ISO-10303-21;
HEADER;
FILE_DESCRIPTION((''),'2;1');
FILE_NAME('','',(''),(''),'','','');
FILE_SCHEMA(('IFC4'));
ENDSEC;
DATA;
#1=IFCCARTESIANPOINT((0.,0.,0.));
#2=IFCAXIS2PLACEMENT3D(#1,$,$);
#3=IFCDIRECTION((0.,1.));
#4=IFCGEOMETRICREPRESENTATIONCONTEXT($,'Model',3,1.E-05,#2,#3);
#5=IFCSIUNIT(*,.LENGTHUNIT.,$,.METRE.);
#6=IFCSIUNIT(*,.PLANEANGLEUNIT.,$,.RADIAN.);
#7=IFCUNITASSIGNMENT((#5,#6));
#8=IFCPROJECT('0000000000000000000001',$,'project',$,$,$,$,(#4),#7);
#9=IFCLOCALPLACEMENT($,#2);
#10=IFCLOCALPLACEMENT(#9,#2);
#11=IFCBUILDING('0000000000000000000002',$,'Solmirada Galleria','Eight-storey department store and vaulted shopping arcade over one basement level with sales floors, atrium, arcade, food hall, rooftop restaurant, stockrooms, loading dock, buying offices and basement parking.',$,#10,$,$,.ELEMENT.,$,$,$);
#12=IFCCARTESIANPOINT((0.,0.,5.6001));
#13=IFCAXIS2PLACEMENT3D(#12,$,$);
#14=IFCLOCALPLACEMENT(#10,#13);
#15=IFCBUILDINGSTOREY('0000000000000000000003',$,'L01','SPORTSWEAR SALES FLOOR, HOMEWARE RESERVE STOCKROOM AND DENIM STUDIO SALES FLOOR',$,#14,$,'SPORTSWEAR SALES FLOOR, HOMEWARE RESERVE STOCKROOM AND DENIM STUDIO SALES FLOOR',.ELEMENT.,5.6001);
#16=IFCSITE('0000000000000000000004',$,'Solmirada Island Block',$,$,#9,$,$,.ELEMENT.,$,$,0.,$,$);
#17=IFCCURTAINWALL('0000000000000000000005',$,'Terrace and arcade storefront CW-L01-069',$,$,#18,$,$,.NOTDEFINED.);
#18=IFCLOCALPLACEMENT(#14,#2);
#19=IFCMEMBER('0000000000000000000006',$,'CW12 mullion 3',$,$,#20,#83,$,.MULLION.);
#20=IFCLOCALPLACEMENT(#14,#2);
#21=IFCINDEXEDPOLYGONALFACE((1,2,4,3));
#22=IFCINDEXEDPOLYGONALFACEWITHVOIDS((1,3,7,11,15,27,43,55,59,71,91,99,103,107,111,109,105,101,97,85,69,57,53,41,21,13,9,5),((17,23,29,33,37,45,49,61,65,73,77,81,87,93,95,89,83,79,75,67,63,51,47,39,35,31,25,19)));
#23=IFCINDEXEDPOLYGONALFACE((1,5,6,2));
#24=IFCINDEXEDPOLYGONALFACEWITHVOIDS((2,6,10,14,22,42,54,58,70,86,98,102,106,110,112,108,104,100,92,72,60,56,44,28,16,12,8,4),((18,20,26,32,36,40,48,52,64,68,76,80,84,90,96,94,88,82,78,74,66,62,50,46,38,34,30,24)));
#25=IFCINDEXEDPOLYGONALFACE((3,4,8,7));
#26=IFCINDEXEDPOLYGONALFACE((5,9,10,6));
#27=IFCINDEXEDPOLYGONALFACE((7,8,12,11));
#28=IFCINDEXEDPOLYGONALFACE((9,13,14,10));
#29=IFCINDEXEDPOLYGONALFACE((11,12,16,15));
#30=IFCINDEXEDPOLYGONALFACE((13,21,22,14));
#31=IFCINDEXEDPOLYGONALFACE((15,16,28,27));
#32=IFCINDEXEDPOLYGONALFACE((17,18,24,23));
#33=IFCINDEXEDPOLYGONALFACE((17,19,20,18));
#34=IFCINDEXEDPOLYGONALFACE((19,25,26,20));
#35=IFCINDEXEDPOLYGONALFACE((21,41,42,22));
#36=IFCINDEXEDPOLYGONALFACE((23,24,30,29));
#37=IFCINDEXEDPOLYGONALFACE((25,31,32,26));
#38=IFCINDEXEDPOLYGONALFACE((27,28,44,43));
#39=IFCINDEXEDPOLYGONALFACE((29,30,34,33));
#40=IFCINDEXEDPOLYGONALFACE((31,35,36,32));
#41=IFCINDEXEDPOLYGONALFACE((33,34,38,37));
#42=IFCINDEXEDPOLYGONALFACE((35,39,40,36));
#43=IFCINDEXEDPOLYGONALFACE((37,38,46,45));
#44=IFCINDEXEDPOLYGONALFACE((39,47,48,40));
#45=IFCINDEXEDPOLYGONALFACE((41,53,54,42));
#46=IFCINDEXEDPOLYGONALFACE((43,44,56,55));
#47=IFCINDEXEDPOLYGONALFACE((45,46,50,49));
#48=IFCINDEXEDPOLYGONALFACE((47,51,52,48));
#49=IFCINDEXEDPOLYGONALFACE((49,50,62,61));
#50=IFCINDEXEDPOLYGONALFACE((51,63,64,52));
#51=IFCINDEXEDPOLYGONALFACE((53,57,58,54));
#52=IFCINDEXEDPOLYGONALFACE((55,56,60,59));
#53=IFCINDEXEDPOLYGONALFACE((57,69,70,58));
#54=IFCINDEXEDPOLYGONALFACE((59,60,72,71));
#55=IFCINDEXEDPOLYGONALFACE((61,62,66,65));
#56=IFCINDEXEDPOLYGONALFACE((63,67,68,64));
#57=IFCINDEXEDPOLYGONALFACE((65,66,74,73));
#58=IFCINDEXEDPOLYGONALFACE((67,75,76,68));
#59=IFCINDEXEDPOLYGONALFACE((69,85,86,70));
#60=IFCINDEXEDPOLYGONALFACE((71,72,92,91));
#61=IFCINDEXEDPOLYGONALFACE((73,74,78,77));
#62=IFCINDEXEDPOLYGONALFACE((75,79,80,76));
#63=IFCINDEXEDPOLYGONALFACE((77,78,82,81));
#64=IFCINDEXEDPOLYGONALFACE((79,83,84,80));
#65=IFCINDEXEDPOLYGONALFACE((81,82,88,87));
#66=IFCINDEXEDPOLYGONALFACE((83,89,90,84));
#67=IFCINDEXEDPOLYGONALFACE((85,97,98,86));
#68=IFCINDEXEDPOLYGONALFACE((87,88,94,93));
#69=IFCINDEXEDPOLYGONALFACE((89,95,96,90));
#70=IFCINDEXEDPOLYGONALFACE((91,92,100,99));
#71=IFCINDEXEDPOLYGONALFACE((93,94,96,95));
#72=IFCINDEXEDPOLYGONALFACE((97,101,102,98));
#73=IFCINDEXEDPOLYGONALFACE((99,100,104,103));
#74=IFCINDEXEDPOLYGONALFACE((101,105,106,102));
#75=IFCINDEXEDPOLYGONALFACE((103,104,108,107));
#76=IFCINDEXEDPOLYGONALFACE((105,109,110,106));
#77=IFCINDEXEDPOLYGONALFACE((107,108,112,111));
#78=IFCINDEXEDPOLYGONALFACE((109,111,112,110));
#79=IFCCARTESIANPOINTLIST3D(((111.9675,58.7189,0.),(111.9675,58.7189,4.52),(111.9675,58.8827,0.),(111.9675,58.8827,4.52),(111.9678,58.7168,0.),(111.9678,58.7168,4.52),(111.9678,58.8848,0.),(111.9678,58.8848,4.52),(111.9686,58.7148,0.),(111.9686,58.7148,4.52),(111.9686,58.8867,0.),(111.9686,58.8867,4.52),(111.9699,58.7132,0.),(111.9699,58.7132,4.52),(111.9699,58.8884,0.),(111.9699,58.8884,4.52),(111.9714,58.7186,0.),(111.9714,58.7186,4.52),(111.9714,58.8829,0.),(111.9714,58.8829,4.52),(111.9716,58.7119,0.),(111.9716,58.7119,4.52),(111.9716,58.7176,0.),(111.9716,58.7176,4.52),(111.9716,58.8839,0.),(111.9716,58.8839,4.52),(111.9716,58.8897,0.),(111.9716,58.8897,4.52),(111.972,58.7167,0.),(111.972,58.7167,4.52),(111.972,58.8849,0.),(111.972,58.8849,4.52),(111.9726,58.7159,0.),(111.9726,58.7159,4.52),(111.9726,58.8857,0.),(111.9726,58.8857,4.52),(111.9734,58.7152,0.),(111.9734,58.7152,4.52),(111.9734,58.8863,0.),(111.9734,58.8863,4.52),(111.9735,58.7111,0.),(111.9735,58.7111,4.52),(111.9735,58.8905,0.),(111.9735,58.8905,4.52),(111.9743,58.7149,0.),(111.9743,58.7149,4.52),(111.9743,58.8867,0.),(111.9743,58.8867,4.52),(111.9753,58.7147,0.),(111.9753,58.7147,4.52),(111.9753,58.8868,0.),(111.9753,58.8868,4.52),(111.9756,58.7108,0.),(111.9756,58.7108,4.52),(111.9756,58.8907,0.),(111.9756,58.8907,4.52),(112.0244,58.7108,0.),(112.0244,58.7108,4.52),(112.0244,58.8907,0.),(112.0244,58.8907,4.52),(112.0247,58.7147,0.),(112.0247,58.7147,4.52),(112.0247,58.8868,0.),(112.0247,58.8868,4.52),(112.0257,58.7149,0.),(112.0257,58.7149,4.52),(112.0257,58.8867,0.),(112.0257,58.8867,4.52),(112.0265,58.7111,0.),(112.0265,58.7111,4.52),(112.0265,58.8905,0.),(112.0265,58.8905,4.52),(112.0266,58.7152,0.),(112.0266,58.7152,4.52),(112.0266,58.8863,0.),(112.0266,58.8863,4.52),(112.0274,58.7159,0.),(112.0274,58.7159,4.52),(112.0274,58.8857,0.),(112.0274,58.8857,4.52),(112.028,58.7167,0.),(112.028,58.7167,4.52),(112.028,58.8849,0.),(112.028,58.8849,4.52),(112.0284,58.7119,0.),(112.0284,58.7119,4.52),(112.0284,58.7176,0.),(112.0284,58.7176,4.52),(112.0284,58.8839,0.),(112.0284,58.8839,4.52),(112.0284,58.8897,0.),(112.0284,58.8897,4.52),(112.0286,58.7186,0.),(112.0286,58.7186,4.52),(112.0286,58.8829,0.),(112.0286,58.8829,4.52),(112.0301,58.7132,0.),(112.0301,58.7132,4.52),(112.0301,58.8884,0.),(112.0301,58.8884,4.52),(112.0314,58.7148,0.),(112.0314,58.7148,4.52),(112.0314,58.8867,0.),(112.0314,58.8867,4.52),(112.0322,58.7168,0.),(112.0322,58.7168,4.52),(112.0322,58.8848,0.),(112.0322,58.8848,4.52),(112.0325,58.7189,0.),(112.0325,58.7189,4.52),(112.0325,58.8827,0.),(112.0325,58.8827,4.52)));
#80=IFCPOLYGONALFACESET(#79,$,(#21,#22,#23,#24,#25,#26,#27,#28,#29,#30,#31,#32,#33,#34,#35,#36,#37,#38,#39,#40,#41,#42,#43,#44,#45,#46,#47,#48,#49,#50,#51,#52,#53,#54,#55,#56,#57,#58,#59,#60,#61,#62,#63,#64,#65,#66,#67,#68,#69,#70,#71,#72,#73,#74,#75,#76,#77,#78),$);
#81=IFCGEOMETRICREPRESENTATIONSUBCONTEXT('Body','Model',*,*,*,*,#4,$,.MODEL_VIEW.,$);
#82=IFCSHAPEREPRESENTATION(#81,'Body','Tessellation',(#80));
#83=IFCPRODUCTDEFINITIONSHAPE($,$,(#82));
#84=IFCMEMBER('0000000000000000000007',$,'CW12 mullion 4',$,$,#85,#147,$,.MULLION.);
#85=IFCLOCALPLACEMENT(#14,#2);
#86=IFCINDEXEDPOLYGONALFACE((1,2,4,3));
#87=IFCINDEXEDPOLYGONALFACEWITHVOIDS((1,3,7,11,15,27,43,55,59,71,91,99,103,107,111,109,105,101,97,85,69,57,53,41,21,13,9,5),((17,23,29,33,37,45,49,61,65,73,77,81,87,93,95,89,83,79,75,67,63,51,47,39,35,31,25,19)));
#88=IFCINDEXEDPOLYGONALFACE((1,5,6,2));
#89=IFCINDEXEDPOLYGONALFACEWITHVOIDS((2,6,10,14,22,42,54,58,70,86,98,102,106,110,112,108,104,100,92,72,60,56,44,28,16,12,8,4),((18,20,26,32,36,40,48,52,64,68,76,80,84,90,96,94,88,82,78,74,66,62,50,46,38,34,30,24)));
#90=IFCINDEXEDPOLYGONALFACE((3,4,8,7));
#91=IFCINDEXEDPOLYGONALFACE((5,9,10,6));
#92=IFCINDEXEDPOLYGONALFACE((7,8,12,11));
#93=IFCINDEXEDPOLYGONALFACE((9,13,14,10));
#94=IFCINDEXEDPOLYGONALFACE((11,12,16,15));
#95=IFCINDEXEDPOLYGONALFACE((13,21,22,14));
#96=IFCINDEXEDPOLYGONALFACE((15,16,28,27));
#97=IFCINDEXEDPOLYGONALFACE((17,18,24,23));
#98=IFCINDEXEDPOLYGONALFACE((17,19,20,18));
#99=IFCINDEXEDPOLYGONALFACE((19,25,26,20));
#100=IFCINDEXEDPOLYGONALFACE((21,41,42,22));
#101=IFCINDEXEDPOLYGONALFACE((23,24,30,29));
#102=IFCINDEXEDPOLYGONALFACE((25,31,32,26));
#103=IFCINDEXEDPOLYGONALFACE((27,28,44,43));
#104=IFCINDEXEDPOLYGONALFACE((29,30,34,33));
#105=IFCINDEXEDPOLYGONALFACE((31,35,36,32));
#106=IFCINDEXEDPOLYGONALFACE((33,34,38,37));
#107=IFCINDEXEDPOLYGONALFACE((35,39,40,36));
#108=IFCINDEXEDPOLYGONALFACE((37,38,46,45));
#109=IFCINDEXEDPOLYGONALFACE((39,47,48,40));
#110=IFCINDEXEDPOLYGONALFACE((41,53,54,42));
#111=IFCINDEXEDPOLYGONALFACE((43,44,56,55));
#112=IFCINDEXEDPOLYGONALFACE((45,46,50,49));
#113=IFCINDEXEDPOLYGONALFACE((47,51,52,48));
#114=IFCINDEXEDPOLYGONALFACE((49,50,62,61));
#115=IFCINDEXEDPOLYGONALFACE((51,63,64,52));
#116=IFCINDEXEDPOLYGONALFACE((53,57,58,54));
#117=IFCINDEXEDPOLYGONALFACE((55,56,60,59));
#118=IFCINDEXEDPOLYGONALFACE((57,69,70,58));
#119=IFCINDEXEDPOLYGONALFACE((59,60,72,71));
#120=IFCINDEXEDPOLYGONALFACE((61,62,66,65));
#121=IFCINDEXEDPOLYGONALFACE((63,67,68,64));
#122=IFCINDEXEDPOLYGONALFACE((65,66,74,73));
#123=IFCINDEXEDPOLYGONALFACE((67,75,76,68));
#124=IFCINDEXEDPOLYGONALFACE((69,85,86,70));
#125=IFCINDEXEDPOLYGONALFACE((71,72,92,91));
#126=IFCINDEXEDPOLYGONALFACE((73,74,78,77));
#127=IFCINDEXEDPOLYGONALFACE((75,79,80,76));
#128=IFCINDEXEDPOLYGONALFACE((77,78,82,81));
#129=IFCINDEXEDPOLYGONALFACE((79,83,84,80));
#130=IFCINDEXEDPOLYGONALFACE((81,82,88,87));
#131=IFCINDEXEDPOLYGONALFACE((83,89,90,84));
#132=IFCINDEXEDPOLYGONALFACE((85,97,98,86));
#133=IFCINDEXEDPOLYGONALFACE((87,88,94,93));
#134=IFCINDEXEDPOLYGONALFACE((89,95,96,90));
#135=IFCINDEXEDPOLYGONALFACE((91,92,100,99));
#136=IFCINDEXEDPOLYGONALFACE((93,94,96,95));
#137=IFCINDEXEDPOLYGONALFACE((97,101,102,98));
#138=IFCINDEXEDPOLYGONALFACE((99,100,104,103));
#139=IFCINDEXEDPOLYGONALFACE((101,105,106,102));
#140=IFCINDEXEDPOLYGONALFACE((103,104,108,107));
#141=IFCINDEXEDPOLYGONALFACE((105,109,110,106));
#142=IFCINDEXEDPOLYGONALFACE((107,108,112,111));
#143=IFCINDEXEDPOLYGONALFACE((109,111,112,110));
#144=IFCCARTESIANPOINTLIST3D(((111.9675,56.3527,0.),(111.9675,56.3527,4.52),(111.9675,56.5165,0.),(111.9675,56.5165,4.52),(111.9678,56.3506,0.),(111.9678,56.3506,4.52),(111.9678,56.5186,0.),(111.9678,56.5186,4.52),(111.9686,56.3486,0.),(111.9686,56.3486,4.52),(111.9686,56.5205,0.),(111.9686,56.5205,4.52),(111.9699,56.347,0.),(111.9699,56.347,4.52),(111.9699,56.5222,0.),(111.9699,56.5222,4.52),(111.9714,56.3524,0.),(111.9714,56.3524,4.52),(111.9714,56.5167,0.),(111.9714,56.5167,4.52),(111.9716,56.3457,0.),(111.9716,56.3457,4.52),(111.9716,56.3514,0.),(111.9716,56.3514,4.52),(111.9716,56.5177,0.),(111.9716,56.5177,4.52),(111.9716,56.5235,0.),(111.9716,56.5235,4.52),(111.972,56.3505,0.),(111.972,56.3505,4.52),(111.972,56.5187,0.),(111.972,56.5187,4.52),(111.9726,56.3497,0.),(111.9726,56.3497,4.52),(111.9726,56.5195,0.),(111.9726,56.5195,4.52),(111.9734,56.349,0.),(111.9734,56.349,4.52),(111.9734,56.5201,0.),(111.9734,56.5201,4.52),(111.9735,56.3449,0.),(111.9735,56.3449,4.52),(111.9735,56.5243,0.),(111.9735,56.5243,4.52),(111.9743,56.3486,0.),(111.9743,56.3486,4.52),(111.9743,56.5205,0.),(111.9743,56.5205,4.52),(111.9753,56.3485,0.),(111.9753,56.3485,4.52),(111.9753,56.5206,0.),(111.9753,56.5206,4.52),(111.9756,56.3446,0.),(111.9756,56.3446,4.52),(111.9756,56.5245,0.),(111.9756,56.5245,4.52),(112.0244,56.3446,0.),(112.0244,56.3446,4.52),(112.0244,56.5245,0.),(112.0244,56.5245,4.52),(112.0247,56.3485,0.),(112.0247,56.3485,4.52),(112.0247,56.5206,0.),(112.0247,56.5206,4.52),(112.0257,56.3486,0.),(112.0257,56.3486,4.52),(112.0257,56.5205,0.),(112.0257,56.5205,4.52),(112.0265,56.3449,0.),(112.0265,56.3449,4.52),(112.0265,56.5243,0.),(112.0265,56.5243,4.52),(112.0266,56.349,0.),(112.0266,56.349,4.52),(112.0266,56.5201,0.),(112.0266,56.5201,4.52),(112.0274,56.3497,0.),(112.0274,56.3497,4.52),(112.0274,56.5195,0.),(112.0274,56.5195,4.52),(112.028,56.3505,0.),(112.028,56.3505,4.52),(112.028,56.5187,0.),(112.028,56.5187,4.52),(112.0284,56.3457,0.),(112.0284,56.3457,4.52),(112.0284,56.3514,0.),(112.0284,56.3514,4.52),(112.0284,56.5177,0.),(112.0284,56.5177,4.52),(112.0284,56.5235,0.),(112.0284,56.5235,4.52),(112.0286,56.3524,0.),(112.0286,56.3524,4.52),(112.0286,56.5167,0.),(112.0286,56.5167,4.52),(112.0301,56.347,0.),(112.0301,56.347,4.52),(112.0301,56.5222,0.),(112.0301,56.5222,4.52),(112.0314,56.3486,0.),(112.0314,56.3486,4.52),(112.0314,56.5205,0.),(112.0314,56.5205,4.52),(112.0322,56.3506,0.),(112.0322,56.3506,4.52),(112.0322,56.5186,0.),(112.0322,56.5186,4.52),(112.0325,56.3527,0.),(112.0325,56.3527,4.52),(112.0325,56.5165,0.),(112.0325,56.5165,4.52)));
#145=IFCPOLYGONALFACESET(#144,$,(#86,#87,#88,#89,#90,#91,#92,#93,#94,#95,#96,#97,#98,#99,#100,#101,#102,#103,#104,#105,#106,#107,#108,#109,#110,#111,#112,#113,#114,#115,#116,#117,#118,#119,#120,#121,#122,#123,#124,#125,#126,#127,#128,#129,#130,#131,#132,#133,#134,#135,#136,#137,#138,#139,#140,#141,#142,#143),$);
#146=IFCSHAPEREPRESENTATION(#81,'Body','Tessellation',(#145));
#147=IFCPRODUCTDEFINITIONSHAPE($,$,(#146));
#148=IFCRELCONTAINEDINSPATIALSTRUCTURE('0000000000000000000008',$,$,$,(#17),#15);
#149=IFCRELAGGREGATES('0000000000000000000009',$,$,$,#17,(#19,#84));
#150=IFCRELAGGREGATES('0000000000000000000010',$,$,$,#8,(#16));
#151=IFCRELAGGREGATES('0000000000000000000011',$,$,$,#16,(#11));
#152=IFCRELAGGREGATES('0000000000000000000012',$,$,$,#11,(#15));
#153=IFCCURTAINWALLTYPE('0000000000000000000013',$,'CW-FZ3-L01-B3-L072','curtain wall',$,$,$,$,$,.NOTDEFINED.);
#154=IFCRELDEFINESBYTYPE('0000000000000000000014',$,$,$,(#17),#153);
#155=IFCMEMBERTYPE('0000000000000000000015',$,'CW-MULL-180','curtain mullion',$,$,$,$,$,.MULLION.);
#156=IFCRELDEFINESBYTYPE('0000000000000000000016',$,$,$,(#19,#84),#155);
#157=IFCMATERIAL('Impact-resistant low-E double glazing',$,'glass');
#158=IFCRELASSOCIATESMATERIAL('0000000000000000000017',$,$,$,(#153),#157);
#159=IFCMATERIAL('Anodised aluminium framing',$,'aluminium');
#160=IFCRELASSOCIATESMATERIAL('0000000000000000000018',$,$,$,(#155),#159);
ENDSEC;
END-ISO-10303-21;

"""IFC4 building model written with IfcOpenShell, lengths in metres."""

from ifc_helpers import new_model, si_unit, direction, frame, origin, origin_2d, place, context, subcontext, project, spatial, hollow_rectangle, extrude, material, material_profile, profile_set, type_object, element, aggregate, save


model = new_model("IFC4")

# Units and contexts
model_context = context("Model", 3, precision=1e-05, world=origin(), true_north=direction((0.0, 1.0)))
body_context = subcontext(model_context, "Body", "Model", "MODEL_VIEW")
ifc_project = project(units=[si_unit("LENGTHUNIT", "METRE"), si_unit("PLANEANGLEUNIT", "RADIAN")], contexts=[model_context])

# Site, building, storey
site_placement = place(None, origin())
site = spatial("IfcSite", under=ifc_project, at=site_placement, Name="Solmirada Island Block", CompositionType="ELEMENT", RefElevation=0.0)
building_placement = place(site_placement, origin())
building = spatial("IfcBuilding", under=site, at=building_placement, Name="Solmirada Galleria", Description="Eight-storey department store and vaulted shopping arcade over one basement level with sales floors, atrium, arcade, food hall, rooftop restaurant, stockrooms, loading dock, buying offices and basement parking.", CompositionType="ELEMENT")
storey_placement = place(building_placement, frame((0.0, 0.0, 5.6001)))
storey = spatial("IfcBuildingStorey", under=building, at=storey_placement, Name="L01", Description="SPORTSWEAR SALES FLOOR, HOMEWARE RESERVE STOCKROOM AND DENIM STUDIO SALES FLOOR", LongName="SPORTSWEAR SALES FLOOR, HOMEWARE RESERVE STOCKROOM AND DENIM STUDIO SALES FLOOR", CompositionType="ELEMENT", Elevation=5.6001)

# Curtain wall, members
ifc_material_1 = material(Name="Impact-resistant low-E double glazing", Category="glass")
curtain_wall_type = type_object("IfcCurtainWallType", Name="CW-FZ3-L01-B3-L072", Description="curtain wall", PredefinedType="NOTDEFINED", material=ifc_material_1)
curtain_wall_1_placement = place(storey_placement, origin())
curtain_wall_1 = element("IfcCurtainWall", 1, at=curtain_wall_1_placement, inside=storey, type_object=curtain_wall_type, Name="Terrace and arcade storefront CW-L01-069", PredefinedType="NOTDEFINED")
ifc_material_2 = material(Name="Anodised aluminium framing", Category="aluminium")
ifc_material_profile_1 = material_profile(ifc_material_2, hollow_rectangle(XDim=0.0649, YDim=0.1799, WallThickness=0.0039, InnerFilletRadius=0.0039, OuterFilletRadius=0.0081, at=origin_2d()), Name="ALU-MULL-180X65")
ifc_profile_set_1 = profile_set([ifc_material_profile_1], Name="Anodised aluminium framing")
member_type_1 = type_object("IfcMemberType", Name="CW-MULL-180", Description="curtain mullion", PredefinedType="MULLION", material=ifc_profile_set_1)
member_1_placement = place(storey_placement, frame((112.0, 58.8008, 0.0), z_axis=(0.0, 0.0, 1.0), x_axis=(1.0, 0.0, 0.0)))
member_1 = element("IfcMember", 2, at=member_1_placement, type_object=member_type_1, Name="CW12 mullion 3", PredefinedType="MULLION", context=body_context, shape_type="SweptSolid", body=[
    extrude(hollow_rectangle(XDim=0.0649, YDim=0.1799, WallThickness=0.0039, InnerFilletRadius=0.0039, OuterFilletRadius=0.0081, at=origin_2d()), origin(), (0.0, 0.0, 1.0), 4.52),
])
member_2_placement = place(storey_placement, frame((112.0, 56.4346, 0.0), z_axis=(0.0, 0.0, 1.0), x_axis=(1.0, 0.0, 0.0)))
member_2 = element("IfcMember", 3, at=member_2_placement, type_object=member_type_1, Name="CW12 mullion 4", PredefinedType="MULLION", context=body_context, shape_type="SweptSolid", body=[
    extrude(hollow_rectangle(XDim=0.0649, YDim=0.1799, WallThickness=0.0039, InnerFilletRadius=0.0039, OuterFilletRadius=0.0081, at=origin_2d()), origin(), (0.0, 0.0, 1.0), 4.52),
])

aggregate(curtain_wall_1, [member_1, member_2])

save(model, "model.ifc")
